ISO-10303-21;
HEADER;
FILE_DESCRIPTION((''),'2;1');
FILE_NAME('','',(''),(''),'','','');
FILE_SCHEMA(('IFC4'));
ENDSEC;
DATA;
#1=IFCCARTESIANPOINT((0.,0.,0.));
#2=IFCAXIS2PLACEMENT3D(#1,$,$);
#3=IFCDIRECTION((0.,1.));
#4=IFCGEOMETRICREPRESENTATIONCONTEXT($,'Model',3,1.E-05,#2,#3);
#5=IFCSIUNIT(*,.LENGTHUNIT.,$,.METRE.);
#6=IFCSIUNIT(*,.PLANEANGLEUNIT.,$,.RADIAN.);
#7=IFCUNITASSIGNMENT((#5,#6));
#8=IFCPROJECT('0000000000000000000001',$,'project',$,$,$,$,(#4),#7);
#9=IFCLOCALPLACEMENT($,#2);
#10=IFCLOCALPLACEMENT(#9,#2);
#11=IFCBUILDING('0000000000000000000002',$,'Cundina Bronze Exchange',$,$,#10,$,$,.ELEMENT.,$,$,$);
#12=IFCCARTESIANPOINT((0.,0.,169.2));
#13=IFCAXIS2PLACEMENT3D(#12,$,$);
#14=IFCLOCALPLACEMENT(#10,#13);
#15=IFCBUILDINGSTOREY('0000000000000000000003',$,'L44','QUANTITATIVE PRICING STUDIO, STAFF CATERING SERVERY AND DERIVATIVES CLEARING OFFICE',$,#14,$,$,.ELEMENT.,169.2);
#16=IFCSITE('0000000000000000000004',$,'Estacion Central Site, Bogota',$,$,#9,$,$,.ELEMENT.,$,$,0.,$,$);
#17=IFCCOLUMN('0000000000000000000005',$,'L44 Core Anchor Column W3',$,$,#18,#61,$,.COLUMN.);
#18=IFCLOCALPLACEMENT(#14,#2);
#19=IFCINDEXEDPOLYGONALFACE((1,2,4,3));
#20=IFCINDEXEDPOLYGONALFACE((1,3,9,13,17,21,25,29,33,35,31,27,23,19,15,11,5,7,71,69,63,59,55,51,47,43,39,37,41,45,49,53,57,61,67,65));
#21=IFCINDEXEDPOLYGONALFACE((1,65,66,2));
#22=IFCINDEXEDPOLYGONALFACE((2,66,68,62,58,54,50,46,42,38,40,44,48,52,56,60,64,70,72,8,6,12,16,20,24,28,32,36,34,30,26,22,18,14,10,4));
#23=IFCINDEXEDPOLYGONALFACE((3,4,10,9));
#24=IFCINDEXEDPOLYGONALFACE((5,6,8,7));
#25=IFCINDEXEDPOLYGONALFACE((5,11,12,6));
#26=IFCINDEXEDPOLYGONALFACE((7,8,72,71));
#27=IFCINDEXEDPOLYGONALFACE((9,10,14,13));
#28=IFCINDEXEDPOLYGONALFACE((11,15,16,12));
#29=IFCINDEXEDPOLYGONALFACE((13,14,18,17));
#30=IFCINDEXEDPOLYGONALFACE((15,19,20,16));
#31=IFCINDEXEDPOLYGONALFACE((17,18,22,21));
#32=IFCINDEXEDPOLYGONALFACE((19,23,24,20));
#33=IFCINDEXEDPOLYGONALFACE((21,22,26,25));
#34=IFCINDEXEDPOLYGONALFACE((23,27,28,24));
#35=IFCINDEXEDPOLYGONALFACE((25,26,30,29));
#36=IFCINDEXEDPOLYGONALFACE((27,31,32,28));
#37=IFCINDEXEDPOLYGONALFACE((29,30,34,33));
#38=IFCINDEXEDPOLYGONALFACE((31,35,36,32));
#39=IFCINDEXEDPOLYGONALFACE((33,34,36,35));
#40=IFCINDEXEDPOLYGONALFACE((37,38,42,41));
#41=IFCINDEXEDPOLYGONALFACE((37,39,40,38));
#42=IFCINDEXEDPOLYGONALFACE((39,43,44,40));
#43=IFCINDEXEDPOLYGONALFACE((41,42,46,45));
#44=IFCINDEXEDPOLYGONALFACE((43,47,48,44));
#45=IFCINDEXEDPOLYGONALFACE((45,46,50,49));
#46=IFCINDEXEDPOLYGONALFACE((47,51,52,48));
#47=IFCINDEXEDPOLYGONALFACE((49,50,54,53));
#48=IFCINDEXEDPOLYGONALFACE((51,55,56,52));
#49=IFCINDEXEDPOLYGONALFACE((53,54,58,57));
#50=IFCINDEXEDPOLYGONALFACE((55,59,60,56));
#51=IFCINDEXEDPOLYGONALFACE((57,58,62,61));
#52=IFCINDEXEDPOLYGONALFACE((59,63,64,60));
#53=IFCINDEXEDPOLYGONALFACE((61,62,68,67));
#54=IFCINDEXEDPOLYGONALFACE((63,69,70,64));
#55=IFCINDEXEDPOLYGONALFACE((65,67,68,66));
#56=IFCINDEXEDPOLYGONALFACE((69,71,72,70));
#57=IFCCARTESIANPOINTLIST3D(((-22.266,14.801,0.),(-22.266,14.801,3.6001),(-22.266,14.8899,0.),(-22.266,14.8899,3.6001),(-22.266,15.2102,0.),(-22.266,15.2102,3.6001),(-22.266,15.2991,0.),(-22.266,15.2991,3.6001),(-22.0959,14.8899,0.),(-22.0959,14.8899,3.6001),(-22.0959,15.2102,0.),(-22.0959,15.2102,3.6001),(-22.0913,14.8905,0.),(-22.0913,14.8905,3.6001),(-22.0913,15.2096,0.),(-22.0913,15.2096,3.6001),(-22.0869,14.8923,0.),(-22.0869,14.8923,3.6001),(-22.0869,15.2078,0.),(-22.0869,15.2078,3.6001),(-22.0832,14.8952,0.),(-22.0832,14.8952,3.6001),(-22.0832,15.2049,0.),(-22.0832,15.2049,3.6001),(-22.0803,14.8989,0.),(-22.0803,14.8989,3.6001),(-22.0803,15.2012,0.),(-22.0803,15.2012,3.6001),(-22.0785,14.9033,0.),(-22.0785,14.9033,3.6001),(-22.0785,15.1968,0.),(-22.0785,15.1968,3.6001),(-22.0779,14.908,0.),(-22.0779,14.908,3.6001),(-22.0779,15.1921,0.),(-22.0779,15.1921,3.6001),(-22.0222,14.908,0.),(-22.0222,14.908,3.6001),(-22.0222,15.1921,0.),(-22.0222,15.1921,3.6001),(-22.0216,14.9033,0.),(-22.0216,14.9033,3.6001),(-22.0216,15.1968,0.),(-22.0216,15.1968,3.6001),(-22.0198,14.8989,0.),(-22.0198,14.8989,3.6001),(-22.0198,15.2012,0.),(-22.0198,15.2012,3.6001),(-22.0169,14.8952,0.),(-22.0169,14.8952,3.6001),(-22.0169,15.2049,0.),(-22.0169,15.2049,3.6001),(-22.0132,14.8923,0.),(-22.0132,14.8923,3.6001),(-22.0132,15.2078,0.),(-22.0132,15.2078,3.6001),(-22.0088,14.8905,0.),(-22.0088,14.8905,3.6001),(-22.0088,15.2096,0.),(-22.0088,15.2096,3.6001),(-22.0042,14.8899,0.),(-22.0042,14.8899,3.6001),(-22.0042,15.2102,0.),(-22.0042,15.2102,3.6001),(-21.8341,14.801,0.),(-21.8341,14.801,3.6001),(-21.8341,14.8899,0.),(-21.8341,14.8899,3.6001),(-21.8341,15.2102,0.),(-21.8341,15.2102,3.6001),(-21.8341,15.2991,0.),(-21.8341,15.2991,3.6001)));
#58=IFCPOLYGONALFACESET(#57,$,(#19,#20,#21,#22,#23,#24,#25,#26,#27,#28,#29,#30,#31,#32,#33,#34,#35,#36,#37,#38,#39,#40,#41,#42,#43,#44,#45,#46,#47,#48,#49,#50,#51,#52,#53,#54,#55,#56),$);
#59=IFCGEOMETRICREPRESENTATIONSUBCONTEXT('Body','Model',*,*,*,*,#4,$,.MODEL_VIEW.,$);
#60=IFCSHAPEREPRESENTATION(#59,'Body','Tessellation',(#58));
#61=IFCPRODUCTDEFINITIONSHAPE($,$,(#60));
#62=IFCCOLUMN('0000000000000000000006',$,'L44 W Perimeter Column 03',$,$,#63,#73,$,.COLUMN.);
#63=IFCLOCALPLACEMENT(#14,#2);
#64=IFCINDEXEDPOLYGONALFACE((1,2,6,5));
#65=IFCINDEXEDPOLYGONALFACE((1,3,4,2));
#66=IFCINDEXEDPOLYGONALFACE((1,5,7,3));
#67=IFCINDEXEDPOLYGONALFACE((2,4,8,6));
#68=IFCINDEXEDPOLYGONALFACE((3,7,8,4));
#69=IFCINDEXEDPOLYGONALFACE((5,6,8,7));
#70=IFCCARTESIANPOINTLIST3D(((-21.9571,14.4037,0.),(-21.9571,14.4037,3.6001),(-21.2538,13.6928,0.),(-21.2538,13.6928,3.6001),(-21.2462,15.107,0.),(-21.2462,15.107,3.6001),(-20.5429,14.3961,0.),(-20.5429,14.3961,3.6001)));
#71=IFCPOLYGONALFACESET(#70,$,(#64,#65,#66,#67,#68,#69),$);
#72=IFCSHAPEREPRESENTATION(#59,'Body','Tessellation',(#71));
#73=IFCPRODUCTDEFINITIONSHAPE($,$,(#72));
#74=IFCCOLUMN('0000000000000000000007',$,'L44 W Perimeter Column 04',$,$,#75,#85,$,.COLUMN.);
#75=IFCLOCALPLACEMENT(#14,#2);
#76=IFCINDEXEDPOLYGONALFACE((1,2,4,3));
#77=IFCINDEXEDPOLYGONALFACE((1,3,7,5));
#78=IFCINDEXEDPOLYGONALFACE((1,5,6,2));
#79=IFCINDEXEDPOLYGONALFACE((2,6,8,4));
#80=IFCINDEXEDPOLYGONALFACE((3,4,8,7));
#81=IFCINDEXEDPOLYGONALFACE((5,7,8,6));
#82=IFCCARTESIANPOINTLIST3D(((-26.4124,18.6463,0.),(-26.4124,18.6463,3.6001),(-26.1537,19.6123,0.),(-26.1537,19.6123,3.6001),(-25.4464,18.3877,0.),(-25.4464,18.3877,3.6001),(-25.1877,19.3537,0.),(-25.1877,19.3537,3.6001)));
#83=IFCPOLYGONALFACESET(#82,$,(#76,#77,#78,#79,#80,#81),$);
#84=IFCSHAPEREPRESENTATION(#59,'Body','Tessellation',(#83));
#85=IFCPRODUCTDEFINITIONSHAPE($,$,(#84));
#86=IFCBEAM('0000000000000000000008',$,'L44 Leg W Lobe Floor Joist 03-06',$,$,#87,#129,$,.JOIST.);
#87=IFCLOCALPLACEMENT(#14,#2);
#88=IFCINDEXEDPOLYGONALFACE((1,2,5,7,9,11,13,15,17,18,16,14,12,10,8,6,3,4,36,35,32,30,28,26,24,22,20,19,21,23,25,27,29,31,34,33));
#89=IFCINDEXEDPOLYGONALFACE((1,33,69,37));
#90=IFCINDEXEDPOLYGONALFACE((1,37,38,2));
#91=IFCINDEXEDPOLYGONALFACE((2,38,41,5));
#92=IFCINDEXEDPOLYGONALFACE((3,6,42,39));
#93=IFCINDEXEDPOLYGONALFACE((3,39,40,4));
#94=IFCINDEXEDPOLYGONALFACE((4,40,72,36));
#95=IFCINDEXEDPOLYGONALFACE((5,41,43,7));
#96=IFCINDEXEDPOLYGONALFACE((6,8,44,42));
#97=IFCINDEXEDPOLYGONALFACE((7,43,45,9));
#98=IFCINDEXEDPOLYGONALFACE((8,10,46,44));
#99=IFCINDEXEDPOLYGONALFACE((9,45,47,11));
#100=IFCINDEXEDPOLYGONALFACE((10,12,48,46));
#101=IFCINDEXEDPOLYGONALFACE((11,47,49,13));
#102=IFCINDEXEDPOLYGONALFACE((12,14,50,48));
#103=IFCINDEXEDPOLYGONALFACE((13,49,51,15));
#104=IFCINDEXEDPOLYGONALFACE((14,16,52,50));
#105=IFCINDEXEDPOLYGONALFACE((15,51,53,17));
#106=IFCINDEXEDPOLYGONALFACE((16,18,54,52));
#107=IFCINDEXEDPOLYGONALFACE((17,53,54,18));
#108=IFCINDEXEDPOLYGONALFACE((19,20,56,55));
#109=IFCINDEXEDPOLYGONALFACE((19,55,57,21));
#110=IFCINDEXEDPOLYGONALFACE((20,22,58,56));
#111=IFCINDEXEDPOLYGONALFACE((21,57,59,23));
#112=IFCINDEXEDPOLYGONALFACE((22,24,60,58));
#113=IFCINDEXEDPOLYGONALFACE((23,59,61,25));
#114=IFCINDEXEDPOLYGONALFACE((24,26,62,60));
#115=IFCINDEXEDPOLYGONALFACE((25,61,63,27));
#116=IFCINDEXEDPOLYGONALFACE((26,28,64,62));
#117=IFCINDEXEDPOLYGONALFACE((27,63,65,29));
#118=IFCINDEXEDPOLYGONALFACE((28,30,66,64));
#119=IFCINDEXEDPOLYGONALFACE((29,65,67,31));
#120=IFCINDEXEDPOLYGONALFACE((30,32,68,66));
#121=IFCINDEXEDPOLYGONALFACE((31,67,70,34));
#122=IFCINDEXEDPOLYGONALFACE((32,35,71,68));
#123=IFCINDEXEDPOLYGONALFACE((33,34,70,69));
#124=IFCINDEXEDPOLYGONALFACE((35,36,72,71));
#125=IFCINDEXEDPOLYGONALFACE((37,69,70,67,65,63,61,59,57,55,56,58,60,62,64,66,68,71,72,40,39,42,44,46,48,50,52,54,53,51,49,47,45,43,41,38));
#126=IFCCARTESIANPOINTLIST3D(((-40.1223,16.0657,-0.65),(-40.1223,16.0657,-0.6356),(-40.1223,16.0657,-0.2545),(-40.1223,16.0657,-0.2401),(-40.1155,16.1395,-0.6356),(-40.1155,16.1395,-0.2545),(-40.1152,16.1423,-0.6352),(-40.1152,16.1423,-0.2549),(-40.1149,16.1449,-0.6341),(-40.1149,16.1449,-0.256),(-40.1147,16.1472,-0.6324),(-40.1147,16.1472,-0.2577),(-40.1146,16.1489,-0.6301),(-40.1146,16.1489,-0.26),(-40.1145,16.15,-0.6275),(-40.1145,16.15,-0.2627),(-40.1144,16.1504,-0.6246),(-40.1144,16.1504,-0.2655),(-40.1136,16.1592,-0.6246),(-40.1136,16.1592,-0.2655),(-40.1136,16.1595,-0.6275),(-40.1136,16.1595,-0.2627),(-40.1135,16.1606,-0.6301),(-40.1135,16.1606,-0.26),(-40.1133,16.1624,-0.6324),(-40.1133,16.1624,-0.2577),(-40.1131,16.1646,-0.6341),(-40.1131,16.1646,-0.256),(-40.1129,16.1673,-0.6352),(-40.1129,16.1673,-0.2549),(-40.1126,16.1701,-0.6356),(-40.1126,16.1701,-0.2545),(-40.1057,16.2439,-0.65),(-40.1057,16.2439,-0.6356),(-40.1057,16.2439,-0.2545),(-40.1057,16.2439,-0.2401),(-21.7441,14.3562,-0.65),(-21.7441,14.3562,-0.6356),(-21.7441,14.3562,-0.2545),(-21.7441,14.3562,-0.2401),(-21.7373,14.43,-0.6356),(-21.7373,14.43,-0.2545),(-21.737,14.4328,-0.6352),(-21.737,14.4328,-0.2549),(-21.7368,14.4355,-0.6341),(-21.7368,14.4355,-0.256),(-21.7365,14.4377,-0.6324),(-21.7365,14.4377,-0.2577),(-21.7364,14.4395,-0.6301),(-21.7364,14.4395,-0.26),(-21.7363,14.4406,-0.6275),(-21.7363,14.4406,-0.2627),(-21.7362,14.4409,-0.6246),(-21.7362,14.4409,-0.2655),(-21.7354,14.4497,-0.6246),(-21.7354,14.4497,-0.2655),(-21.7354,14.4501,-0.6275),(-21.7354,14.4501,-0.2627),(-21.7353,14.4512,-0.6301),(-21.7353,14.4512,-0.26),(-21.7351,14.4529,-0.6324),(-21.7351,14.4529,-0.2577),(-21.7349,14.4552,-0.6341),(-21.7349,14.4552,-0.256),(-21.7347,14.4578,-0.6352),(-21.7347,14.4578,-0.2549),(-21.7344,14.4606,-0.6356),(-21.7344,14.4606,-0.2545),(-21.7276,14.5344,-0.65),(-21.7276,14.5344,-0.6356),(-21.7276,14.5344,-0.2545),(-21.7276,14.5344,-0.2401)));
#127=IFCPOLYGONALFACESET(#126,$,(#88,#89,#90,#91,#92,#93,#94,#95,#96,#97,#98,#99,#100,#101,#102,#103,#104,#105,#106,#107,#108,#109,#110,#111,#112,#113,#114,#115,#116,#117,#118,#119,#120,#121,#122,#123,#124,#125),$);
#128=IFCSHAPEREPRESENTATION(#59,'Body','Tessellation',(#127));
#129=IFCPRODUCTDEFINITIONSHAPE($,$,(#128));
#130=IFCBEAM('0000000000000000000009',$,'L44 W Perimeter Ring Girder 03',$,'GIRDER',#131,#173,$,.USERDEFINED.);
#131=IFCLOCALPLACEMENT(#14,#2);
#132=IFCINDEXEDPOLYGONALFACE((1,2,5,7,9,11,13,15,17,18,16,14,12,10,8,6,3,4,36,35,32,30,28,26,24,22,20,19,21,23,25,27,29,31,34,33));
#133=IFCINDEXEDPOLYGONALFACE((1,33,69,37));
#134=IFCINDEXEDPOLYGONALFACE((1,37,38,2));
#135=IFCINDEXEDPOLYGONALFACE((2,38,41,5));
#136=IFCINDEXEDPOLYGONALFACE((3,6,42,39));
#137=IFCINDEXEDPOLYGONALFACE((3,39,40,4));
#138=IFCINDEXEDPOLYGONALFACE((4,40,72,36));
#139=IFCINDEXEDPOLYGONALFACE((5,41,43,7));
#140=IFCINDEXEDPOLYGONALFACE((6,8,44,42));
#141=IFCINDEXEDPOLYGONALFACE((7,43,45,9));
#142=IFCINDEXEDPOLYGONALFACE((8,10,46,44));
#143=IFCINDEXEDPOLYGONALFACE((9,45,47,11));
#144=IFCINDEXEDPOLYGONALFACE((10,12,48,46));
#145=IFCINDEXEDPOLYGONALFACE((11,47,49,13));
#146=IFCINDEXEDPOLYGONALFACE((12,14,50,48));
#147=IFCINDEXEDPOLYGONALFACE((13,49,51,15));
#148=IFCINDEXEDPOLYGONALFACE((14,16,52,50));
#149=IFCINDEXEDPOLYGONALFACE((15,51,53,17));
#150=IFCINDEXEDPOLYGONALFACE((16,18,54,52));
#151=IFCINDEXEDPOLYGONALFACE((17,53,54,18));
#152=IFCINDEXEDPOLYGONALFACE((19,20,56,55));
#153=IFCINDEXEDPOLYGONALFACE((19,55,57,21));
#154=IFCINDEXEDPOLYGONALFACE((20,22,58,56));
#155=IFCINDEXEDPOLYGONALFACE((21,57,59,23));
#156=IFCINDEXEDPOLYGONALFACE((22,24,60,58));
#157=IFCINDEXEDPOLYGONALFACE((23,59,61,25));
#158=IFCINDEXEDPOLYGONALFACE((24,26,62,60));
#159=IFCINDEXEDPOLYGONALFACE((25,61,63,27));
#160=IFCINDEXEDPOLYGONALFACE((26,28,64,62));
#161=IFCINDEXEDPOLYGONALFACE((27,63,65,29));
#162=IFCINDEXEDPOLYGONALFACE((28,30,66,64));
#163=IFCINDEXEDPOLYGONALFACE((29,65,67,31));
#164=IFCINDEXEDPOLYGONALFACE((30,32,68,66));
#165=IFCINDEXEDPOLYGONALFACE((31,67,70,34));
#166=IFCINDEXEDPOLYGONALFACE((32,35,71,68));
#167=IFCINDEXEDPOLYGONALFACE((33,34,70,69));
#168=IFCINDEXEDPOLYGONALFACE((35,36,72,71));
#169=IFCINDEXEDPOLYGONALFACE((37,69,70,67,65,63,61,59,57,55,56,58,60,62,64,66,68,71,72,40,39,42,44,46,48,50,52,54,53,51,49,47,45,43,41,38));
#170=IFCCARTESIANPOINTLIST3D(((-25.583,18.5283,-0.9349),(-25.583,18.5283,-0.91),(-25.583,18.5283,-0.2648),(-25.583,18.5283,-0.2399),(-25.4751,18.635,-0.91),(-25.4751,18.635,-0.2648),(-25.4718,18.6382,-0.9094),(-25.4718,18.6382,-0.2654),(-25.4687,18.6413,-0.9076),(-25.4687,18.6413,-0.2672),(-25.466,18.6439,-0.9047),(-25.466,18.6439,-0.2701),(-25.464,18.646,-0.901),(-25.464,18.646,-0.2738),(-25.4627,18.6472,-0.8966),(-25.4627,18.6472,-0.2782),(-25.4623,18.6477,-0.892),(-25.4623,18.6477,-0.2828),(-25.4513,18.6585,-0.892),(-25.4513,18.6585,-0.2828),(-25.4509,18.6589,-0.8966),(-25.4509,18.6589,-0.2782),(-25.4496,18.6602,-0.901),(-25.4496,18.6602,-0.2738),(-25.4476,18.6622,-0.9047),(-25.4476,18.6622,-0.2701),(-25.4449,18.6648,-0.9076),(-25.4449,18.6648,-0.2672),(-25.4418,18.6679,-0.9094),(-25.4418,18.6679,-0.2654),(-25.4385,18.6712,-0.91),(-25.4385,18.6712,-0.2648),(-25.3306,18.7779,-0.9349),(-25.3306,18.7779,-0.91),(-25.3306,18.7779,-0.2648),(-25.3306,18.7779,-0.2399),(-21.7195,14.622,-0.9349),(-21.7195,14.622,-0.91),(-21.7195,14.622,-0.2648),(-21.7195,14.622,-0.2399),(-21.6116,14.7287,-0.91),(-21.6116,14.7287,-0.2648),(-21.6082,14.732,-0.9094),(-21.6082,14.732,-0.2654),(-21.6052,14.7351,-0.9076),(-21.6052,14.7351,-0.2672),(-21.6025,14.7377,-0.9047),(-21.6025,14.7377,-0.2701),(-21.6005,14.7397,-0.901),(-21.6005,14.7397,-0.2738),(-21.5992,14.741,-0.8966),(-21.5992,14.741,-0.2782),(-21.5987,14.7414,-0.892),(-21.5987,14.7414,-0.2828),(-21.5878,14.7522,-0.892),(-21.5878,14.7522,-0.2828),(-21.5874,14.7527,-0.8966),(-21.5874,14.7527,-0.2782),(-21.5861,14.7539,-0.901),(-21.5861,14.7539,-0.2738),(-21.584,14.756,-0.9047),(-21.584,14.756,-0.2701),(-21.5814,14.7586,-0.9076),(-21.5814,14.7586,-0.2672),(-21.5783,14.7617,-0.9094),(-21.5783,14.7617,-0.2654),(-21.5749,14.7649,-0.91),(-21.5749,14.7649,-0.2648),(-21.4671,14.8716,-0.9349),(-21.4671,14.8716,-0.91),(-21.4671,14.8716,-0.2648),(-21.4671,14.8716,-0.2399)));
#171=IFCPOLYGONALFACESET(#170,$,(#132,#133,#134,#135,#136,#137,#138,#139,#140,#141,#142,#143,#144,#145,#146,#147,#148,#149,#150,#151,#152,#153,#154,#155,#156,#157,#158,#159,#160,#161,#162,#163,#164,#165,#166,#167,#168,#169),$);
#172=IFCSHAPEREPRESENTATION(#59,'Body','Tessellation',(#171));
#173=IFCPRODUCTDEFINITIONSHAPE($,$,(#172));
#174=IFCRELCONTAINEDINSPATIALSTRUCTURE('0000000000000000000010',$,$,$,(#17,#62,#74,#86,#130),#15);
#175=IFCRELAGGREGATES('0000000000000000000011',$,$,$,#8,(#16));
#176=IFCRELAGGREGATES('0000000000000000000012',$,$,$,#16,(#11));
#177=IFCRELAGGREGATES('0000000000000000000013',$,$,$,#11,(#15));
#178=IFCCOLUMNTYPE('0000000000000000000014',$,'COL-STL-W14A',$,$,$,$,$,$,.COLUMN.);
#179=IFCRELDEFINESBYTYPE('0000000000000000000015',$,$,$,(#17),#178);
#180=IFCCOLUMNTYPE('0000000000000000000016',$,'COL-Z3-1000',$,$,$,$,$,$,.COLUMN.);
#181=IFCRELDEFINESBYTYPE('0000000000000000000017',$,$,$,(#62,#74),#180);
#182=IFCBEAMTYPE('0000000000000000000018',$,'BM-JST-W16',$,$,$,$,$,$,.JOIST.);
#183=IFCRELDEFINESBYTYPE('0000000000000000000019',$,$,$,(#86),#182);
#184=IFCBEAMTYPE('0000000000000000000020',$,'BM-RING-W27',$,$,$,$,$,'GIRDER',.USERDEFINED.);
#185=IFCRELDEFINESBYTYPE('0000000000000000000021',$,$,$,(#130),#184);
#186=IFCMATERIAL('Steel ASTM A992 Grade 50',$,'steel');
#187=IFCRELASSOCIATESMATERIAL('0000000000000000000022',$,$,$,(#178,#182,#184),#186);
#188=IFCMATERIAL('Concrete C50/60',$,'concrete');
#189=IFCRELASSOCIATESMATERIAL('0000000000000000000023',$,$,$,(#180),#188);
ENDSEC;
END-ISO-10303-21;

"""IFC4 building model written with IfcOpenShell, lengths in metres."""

from ifc_helpers import new_model, si_unit, direction, frame, origin, origin_2d, place, context, subcontext, project, spatial, rectangle, i_section, extrude, material, material_profile, profile_set, type_object, element, save


model = new_model("IFC4")

# Units and contexts
model_context = context("Model", 3, precision=1e-05, world=origin(), true_north=direction((0.0, 1.0)))
body_context = subcontext(model_context, "Body", "Model", "MODEL_VIEW")
ifc_project = project(units=[si_unit("LENGTHUNIT", "METRE"), si_unit("PLANEANGLEUNIT", "RADIAN")], contexts=[model_context])

# Site, building, storey
site_placement = place(None, origin())
site = spatial("IfcSite", under=ifc_project, at=site_placement, Name="Estacion Central Site, Bogota", CompositionType="ELEMENT", RefElevation=0.0)
building_placement = place(site_placement, origin())
building = spatial("IfcBuilding", under=site, at=building_placement, Name="Cundina Bronze Exchange", CompositionType="ELEMENT")
storey_placement = place(building_placement, frame((0.0, 0.0, 169.2)))
storey = spatial("IfcBuildingStorey", under=building, at=storey_placement, Name="L44", Description="QUANTITATIVE PRICING STUDIO, STAFF CATERING SERVERY AND DERIVATIVES CLEARING OFFICE", CompositionType="ELEMENT", Elevation=169.2)

# Columns
ifc_material_1 = material(Name="Steel ASTM A992 Grade 50", Category="steel")
ifc_material_profile_1 = material_profile(ifc_material_1, i_section(OverallWidth=0.4319, OverallDepth=0.498, WebThickness=0.0557, FlangeThickness=0.0889, FilletRadius=0.0181, at=origin_2d()), Name="W14X500", Category="steel")
ifc_profile_set_1 = profile_set([ifc_material_profile_1], Name="Steel ASTM A992 Grade 50")
column_type_1 = type_object("IfcColumnType", Name="COL-STL-W14A", PredefinedType="COLUMN", material=ifc_profile_set_1)
column_placement = place(storey_placement, frame((-22.05, 15.05, 0.0), z_axis=(0.0, 0.0, 1.0), x_axis=(1.0, 0.0, 0.0)))
element("IfcColumn", 1, at=column_placement, inside=storey, type_object=column_type_1, Name="L44 Core Anchor Column W3", PredefinedType="COLUMN", context=body_context, shape_type="SweptSolid", body=[
    extrude(i_section(OverallWidth=0.4319, OverallDepth=0.498, WebThickness=0.0557, FlangeThickness=0.0889, FilletRadius=0.0181, at=origin_2d()), origin(), (0.0, 0.0, 1.0), 3.6001),
])
ifc_material_2 = material(Name="Concrete C50/60", Category="concrete")
ifc_material_profile_2 = material_profile(ifc_material_2, rectangle(XDim=1.0, YDim=1.0, at=origin_2d()), Name="RC1000X1000", Category="concrete")
ifc_profile_set_2 = profile_set([ifc_material_profile_2], Name="Concrete C50/60")
column_type_2 = type_object("IfcColumnType", Name="COL-Z3-1000", PredefinedType="COLUMN", material=ifc_profile_set_2)
for number, where, z_axis, x_axis, name in (
    (2, (-21.25, 14.3999, 0.0), (0.0, 0.0, 1.0), (-0.703271, 0.710922, 0.0), "L44 W Perimeter Column 03"),
    (3, (-25.8, 19.0, 0.0), (0.0, 0.0, 1.0), (-0.965971, 0.25865, 0.0), "L44 W Perimeter Column 04"),
):
    element("IfcColumn", number, at=place(storey_placement, frame(where, z_axis=z_axis, x_axis=x_axis)), inside=storey, type_object=column_type_2, Name=name, PredefinedType="COLUMN", context=body_context, shape_type="SweptSolid", body=[
        extrude(rectangle(XDim=1.0, YDim=1.0, at=origin_2d()), origin(), (0.0, 0.0, 1.0), 3.6001),
    ])

# Beams
ifc_material_profile_3 = material_profile(ifc_material_1, i_section(OverallWidth=0.179, OverallDepth=0.4099, WebThickness=0.0088, FlangeThickness=0.0144, FilletRadius=0.011, at=origin_2d()), Name="W16X45", Category="steel")
ifc_profile_set_3 = profile_set([ifc_material_profile_3], Name="Steel ASTM A992 Grade 50")
beam_type_1 = type_object("IfcBeamType", Name="BM-JST-W16", PredefinedType="JOIST", material=ifc_profile_set_3)
beam_1_placement = place(storey_placement, frame((-21.7358, 14.4453, -0.4451), z_axis=(-0.995702, 0.092617, 0.0), x_axis=(-0.092617, -0.995702, 0.0)))
element("IfcBeam", 4, at=beam_1_placement, inside=storey, type_object=beam_type_1, Name="L44 Leg W Lobe Floor Joist 03-06", PredefinedType="JOIST", context=body_context, shape_type="SweptSolid", body=[
    extrude(i_section(OverallWidth=0.179, OverallDepth=0.4099, WebThickness=0.0088, FlangeThickness=0.0144, FilletRadius=0.011, at=origin_2d()), origin(), (0.0, 0.0, 1.0), 18.4575),
])
ifc_material_profile_4 = material_profile(ifc_material_1, i_section(OverallWidth=0.355, OverallDepth=0.6951, WebThickness=0.0154, FlangeThickness=0.0249, FilletRadius=0.0181, at=origin_2d()), Name="W27X146", Category="steel")
ifc_profile_set_4 = profile_set([ifc_material_profile_4], Name="Steel ASTM A992 Grade 50")
beam_type_2 = type_object("IfcBeamType", Name="BM-RING-W27", ElementType="GIRDER", PredefinedType="USERDEFINED", material=ifc_profile_set_4)
beam_2_placement = place(storey_placement, frame((-21.5933, 14.7468, -0.5874), z_axis=(-0.703208, 0.710984, 0.0), x_axis=(-0.710984, -0.703208, 0.0)))
element("IfcBeam", 5, at=beam_2_placement, inside=storey, type_object=beam_type_2, Name="L44 W Perimeter Ring Girder 03", ObjectType="GIRDER", PredefinedType="USERDEFINED", context=body_context, shape_type="SweptSolid", body=[
    extrude(i_section(OverallWidth=0.355, OverallDepth=0.6951, WebThickness=0.0154, FlangeThickness=0.0249, FilletRadius=0.0181, at=origin_2d()), origin(), (0.0, 0.0, 1.0), 5.4941),
])

save(model, "model.ifc")
